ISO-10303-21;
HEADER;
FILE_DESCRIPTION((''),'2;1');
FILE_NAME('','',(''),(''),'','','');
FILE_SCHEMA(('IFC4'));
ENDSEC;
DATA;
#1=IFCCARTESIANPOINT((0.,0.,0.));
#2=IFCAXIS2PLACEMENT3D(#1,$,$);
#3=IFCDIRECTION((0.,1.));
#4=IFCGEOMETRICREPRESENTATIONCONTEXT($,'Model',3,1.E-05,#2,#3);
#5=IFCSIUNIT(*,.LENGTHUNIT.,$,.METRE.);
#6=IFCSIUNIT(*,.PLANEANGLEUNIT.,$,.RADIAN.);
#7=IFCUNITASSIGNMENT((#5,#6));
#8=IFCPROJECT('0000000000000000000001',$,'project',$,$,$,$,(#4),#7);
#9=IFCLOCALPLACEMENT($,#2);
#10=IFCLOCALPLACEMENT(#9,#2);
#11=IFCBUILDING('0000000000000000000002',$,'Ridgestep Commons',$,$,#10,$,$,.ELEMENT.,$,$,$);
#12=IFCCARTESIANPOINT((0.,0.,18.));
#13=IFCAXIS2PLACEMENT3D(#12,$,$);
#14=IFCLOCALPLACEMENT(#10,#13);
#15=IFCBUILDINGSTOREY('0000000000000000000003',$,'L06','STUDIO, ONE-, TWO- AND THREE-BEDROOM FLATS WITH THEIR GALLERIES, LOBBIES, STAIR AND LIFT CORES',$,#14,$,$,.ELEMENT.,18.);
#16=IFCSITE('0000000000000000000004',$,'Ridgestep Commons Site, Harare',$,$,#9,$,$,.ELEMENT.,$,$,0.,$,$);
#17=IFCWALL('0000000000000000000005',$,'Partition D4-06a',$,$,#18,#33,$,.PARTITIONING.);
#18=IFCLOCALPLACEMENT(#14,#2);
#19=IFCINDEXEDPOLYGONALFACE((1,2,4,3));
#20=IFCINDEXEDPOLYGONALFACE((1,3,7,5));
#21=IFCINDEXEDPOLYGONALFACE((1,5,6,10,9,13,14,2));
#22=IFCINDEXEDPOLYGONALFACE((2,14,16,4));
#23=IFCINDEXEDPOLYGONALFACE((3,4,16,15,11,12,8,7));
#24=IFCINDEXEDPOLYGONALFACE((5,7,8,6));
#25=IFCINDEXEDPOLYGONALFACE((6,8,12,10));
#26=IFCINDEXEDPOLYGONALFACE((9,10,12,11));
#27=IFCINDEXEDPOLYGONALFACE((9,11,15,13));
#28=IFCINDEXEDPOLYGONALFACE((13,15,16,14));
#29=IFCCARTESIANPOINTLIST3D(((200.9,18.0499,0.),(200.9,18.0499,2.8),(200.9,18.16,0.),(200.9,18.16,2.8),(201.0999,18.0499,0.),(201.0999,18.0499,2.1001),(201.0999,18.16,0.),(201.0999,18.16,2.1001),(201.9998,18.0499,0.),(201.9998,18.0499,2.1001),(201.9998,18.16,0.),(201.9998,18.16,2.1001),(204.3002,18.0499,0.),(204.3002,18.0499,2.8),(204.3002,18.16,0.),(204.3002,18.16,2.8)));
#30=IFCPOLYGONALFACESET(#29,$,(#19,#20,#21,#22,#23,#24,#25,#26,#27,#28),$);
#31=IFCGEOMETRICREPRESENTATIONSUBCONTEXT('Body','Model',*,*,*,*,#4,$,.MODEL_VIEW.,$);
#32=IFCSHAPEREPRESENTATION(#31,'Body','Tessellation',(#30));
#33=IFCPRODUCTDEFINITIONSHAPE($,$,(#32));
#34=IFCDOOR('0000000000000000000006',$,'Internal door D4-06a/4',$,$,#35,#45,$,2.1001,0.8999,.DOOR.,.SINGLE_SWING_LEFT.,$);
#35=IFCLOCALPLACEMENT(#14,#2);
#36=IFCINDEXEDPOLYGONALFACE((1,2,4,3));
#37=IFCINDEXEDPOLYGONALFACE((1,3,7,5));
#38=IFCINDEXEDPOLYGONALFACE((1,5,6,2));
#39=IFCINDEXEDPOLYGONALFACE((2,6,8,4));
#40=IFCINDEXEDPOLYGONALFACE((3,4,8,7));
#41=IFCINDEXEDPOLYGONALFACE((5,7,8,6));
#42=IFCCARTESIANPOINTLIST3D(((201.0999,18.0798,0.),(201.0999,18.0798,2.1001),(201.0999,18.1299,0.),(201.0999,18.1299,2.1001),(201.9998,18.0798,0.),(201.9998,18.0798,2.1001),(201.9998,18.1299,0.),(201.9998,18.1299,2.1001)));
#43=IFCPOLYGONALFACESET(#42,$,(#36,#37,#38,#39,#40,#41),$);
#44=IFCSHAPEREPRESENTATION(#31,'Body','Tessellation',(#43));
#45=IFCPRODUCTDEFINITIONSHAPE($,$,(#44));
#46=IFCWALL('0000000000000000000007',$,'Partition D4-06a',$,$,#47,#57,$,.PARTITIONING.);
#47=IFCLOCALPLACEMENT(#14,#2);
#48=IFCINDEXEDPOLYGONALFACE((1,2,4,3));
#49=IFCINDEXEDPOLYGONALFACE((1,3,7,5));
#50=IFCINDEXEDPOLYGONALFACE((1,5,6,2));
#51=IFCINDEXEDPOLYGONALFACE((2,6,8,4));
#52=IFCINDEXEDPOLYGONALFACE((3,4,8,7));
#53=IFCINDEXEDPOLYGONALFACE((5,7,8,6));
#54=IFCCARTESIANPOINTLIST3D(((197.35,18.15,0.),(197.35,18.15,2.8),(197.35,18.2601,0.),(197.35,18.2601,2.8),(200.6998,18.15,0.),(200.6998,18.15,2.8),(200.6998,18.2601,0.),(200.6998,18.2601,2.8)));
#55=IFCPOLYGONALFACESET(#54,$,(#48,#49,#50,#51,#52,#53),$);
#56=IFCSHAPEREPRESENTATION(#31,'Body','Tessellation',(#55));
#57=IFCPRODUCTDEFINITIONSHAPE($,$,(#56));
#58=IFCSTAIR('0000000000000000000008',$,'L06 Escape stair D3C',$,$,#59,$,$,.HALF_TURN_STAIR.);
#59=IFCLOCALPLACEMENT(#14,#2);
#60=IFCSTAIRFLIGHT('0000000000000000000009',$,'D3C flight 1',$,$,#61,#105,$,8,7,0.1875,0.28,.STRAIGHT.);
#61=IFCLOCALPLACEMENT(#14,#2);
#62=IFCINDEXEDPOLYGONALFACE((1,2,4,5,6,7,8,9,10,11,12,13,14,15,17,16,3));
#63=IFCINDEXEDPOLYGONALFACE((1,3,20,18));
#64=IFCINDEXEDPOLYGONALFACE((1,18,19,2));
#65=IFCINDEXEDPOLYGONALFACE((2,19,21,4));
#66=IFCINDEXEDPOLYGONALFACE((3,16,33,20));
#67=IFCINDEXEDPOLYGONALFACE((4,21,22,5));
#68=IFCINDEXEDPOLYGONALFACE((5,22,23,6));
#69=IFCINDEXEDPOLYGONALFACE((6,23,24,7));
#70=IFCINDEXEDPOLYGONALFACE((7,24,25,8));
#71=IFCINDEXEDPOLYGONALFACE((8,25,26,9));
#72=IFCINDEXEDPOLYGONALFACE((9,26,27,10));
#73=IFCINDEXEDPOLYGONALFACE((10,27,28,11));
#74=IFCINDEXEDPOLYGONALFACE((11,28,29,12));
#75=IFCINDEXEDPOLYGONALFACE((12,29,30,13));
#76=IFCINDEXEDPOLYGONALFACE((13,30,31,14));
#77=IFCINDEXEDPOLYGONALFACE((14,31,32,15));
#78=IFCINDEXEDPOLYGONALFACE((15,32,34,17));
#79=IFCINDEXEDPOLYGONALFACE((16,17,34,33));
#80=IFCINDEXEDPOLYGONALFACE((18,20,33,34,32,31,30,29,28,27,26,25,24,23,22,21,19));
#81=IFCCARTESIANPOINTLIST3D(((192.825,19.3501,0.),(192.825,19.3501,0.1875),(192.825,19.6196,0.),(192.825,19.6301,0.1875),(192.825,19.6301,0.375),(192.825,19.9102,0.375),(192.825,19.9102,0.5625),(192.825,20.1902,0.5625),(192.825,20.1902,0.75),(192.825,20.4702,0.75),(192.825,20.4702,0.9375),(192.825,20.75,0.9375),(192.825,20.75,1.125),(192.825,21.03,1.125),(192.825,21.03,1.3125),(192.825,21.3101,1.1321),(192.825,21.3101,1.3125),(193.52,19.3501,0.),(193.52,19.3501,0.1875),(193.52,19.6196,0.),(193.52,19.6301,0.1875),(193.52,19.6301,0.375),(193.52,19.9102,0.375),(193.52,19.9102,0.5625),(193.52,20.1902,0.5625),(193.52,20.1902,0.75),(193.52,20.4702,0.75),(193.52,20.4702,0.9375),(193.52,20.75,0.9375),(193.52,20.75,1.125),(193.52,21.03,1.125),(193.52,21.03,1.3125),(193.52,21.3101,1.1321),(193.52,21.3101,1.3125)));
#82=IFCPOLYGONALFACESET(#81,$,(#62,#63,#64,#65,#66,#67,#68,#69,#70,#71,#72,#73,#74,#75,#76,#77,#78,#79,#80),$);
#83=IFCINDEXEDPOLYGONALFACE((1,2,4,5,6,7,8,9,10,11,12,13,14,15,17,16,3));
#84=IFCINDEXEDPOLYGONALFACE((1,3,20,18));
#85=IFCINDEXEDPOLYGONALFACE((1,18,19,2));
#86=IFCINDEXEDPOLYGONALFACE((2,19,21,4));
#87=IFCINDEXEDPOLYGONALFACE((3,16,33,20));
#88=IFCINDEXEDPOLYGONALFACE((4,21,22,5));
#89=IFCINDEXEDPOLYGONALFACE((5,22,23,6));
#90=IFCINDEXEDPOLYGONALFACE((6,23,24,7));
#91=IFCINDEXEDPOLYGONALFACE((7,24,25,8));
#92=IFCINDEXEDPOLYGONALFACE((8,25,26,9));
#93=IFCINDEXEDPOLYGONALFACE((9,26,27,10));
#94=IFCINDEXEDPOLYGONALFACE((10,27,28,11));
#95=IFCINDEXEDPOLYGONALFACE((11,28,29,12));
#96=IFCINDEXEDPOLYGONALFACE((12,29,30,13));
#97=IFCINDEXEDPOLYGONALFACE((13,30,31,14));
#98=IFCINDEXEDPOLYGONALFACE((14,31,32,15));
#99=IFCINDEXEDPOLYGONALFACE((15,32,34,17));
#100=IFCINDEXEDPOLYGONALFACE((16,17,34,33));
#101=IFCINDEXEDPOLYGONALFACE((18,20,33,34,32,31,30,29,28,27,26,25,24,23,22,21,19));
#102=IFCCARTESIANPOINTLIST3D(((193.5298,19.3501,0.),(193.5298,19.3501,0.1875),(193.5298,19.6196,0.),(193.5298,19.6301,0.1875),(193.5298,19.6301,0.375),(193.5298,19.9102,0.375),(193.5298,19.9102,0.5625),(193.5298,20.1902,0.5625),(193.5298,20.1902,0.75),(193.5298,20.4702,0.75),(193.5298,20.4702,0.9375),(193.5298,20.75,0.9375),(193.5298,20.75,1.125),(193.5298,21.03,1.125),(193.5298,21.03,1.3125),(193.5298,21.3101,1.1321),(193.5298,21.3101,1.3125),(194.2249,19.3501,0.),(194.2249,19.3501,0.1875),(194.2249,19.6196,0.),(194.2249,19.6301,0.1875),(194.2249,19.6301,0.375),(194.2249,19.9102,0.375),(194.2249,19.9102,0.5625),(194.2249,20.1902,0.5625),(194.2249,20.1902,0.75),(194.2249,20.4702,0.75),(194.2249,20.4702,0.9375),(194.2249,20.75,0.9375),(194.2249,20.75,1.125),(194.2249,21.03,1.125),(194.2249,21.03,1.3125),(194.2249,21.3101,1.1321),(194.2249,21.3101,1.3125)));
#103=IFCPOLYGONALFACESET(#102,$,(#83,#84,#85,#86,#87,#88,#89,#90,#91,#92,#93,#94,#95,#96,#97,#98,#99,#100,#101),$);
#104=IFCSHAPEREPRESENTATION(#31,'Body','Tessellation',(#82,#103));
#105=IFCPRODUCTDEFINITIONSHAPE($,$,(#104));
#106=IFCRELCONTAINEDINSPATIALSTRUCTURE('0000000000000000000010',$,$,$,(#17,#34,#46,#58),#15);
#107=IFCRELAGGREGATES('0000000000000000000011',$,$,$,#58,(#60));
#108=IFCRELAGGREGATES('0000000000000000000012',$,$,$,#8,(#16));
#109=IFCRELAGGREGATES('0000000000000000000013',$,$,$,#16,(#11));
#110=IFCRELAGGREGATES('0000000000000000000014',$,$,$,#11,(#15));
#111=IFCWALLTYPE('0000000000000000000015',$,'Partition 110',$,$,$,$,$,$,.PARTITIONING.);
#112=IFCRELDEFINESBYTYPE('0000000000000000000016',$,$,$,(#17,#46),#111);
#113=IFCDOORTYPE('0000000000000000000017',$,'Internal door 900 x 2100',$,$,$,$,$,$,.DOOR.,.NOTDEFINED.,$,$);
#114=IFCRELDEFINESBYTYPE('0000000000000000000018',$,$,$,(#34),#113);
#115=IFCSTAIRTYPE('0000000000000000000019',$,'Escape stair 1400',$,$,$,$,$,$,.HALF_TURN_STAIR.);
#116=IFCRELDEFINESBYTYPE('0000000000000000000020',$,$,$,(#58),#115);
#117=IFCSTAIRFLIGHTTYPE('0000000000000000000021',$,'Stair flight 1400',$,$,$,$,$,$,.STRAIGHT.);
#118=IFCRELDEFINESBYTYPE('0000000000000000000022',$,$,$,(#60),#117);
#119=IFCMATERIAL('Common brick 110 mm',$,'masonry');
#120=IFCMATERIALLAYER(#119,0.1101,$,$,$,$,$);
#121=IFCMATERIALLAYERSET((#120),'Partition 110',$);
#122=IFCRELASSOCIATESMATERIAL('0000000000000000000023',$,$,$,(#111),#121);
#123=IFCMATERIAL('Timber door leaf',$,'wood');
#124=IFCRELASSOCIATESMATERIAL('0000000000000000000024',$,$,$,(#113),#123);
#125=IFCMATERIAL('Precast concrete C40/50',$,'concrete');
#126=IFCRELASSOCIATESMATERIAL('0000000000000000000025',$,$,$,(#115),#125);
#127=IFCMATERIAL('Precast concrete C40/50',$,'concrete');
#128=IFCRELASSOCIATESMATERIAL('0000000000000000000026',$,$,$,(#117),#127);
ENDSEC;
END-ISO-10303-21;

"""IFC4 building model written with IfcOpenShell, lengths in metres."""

from ifc_helpers import new_model, si_unit, direction, frame, frame_2d, origin, place, context, subcontext, project, spatial, polyline, rectangle, outline, extrude, material, layer, layer_set, type_object, element, fill, aggregate, save


model = new_model("IFC4")

# Units and contexts
model_context = context("Model", 3, precision=1e-05, world=origin(), true_north=direction((0.0, 1.0)))
body_context = subcontext(model_context, "Body", "Model", "MODEL_VIEW")
ifc_project = project(units=[si_unit("LENGTHUNIT", "METRE"), si_unit("PLANEANGLEUNIT", "RADIAN")], contexts=[model_context])

# Site, building, storey
site_placement = place(None, origin())
site = spatial("IfcSite", under=ifc_project, at=site_placement, Name="Ridgestep Commons Site, Harare", CompositionType="ELEMENT", RefElevation=0.0)
building_placement = place(site_placement, origin())
building = spatial("IfcBuilding", under=site, at=building_placement, Name="Ridgestep Commons", CompositionType="ELEMENT")
storey_placement = place(building_placement, frame((0.0, 0.0, 18.0)))
storey = spatial("IfcBuildingStorey", under=building, at=storey_placement, Name="L06", Description="STUDIO, ONE-, TWO- AND THREE-BEDROOM FLATS WITH THEIR GALLERIES, LOBBIES, STAIR AND LIFT CORES", CompositionType="ELEMENT", Elevation=18.0)

# Wall, opening, door
ifc_material_1 = material(Name="Common brick 110 mm", Category="masonry")
ifc_layer_1 = layer(ifc_material_1, 0.1101)
ifc_layer_set_1 = layer_set([ifc_layer_1], Name="Partition 110")
wall_type_1 = type_object("IfcWallType", Name="Partition 110", PredefinedType="PARTITIONING", material=ifc_layer_set_1)
wall_1_placement = place(storey_placement, frame((200.8999, 18.105, 0.0), z_axis=(0.0, 0.0, 1.0), x_axis=(1.0, 0.0, 0.0)))
wall_1 = element("IfcWall", 1, at=wall_1_placement, inside=storey, type_object=wall_type_1, Name="Partition D4-06a", PredefinedType="PARTITIONING", context=body_context, shape_type="SweptSolid", body=[
    extrude(rectangle(XDim=3.4001, YDim=0.1101, at=frame_2d((1.7002, 0.0))), origin(), (0.0, 0.0, 1.0), 2.8),
])
opening_1_placement = place(wall_1_placement, frame((0.2, 0.0, 0.0)))
opening_1 = element("IfcOpeningElement", 2, at=opening_1_placement, cuts=wall_1, PredefinedType="OPENING", context=body_context, shape_type="SweptSolid", body=[
    extrude(rectangle(XDim=0.8999, YDim=2.1001, at=frame_2d((0.45, 1.05))), frame((0.0, 0.0649, 0.0), z_axis=(0.0, -1.0, 0.0), x_axis=(1.0, 0.0, 0.0)), (0.0, 0.0, 1.0), 0.1301),
])
ifc_material_2 = material(Name="Timber door leaf", Category="wood")
door_type = type_object("IfcDoorType", Name="Internal door 900 x 2100", OperationType="NOTDEFINED", PredefinedType="DOOR", material=ifc_material_2)
door_placement = place(opening_1_placement, origin())
door = element("IfcDoor", 3, at=door_placement, inside=storey, type_object=door_type, Name="Internal door D4-06a/4", OperationType="SINGLE_SWING_LEFT", OverallHeight=2.1001, OverallWidth=0.8999, PredefinedType="DOOR", context=body_context, shape_type="SweptSolid", body=[
    extrude(rectangle(XDim=0.8999, YDim=2.1001, at=frame_2d((0.45, 1.05))), frame((0.0, 0.0249, 0.0), z_axis=(0.0, -1.0, 0.0), x_axis=(1.0, 0.0, 0.0)), (0.0, 0.0, 1.0), 0.05),
])
fill(opening_1, door)

# Wall
wall_2_placement = place(storey_placement, frame((197.3501, 18.2051, 0.0), z_axis=(0.0, 0.0, 1.0), x_axis=(1.0, 0.0, 0.0)))
element("IfcWall", 4, at=wall_2_placement, inside=storey, type_object=wall_type_1, Name="Partition D4-06a", PredefinedType="PARTITIONING", context=body_context, shape_type="SweptSolid", body=[
    extrude(rectangle(XDim=3.3499, YDim=0.1101, at=frame_2d((1.6748, 0.0))), origin(), (0.0, 0.0, 1.0), 2.8),
])

# Stair, stair flight
ifc_material_3 = material(Name="Precast concrete C40/50", Category="concrete")
stair_type = type_object("IfcStairType", Name="Escape stair 1400", PredefinedType="HALF_TURN_STAIR", material=ifc_material_3)
stair_placement = place(storey_placement, origin())
stair = element("IfcStair", 5, at=stair_placement, inside=storey, type_object=stair_type, Name="L06 Escape stair D3C", PredefinedType="HALF_TURN_STAIR")
ifc_material_4 = material(Name="Precast concrete C40/50", Category="concrete")
stair_flight_type = type_object("IfcStairFlightType", Name="Stair flight 1400", PredefinedType="STRAIGHT", material=ifc_material_4)
stair_flight_placement = place(storey_placement, frame((193.5249, 19.3501, 0.0), z_axis=(0.0, 0.0, 1.0), x_axis=(0.0, 1.0, 0.0)))
stair_flight = element("IfcStairFlight", 6, at=stair_flight_placement, type_object=stair_flight_type, Name="D3C flight 1", NumberOfRisers=8, NumberOfTreads=7, PredefinedType="STRAIGHT", RiserHeight=0.1875, TreadLength=0.28, context=body_context, shape_type="SweptSolid", body=[
    extrude(outline(polyline([(0.0, 0.0), (0.0, 0.1875), (0.28, 0.1875), (0.28, 0.375), (0.5601, 0.375), (0.5601, 0.5625), (0.8401, 0.5625), (0.8401, 0.75), (1.1201, 0.75), (1.1201, 0.9375), (1.3999, 0.9375), (1.3999, 1.125), (1.6799, 1.125), (1.6799, 1.3125), (1.96, 1.3125), (1.96, 1.5), (1.96, 1.1321), (0.2695, 0.0), (0.0, 0.0)])), frame((0.0, 0.7, 0.0), z_axis=(0.0, -1.0, 0.0), x_axis=(1.0, 0.0, 0.0)), (0.0, 0.0, 1.0), 0.6951),
    extrude(outline(polyline([(0.0, 0.0), (0.0, 0.1875), (0.28, 0.1875), (0.28, 0.375), (0.5601, 0.375), (0.5601, 0.5625), (0.8401, 0.5625), (0.8401, 0.75), (1.1201, 0.75), (1.1201, 0.9375), (1.3999, 0.9375), (1.3999, 1.125), (1.6799, 1.125), (1.6799, 1.3125), (1.96, 1.3125), (1.96, 1.5), (1.96, 1.1321), (0.2695, 0.0), (0.0, 0.0)])), frame((0.0, -0.0049, 0.0), z_axis=(0.0, -1.0, 0.0), x_axis=(1.0, 0.0, 0.0)), (0.0, 0.0, 1.0), 0.6951),
])
aggregate(stair, [stair_flight])

save(model, "model.ifc")
